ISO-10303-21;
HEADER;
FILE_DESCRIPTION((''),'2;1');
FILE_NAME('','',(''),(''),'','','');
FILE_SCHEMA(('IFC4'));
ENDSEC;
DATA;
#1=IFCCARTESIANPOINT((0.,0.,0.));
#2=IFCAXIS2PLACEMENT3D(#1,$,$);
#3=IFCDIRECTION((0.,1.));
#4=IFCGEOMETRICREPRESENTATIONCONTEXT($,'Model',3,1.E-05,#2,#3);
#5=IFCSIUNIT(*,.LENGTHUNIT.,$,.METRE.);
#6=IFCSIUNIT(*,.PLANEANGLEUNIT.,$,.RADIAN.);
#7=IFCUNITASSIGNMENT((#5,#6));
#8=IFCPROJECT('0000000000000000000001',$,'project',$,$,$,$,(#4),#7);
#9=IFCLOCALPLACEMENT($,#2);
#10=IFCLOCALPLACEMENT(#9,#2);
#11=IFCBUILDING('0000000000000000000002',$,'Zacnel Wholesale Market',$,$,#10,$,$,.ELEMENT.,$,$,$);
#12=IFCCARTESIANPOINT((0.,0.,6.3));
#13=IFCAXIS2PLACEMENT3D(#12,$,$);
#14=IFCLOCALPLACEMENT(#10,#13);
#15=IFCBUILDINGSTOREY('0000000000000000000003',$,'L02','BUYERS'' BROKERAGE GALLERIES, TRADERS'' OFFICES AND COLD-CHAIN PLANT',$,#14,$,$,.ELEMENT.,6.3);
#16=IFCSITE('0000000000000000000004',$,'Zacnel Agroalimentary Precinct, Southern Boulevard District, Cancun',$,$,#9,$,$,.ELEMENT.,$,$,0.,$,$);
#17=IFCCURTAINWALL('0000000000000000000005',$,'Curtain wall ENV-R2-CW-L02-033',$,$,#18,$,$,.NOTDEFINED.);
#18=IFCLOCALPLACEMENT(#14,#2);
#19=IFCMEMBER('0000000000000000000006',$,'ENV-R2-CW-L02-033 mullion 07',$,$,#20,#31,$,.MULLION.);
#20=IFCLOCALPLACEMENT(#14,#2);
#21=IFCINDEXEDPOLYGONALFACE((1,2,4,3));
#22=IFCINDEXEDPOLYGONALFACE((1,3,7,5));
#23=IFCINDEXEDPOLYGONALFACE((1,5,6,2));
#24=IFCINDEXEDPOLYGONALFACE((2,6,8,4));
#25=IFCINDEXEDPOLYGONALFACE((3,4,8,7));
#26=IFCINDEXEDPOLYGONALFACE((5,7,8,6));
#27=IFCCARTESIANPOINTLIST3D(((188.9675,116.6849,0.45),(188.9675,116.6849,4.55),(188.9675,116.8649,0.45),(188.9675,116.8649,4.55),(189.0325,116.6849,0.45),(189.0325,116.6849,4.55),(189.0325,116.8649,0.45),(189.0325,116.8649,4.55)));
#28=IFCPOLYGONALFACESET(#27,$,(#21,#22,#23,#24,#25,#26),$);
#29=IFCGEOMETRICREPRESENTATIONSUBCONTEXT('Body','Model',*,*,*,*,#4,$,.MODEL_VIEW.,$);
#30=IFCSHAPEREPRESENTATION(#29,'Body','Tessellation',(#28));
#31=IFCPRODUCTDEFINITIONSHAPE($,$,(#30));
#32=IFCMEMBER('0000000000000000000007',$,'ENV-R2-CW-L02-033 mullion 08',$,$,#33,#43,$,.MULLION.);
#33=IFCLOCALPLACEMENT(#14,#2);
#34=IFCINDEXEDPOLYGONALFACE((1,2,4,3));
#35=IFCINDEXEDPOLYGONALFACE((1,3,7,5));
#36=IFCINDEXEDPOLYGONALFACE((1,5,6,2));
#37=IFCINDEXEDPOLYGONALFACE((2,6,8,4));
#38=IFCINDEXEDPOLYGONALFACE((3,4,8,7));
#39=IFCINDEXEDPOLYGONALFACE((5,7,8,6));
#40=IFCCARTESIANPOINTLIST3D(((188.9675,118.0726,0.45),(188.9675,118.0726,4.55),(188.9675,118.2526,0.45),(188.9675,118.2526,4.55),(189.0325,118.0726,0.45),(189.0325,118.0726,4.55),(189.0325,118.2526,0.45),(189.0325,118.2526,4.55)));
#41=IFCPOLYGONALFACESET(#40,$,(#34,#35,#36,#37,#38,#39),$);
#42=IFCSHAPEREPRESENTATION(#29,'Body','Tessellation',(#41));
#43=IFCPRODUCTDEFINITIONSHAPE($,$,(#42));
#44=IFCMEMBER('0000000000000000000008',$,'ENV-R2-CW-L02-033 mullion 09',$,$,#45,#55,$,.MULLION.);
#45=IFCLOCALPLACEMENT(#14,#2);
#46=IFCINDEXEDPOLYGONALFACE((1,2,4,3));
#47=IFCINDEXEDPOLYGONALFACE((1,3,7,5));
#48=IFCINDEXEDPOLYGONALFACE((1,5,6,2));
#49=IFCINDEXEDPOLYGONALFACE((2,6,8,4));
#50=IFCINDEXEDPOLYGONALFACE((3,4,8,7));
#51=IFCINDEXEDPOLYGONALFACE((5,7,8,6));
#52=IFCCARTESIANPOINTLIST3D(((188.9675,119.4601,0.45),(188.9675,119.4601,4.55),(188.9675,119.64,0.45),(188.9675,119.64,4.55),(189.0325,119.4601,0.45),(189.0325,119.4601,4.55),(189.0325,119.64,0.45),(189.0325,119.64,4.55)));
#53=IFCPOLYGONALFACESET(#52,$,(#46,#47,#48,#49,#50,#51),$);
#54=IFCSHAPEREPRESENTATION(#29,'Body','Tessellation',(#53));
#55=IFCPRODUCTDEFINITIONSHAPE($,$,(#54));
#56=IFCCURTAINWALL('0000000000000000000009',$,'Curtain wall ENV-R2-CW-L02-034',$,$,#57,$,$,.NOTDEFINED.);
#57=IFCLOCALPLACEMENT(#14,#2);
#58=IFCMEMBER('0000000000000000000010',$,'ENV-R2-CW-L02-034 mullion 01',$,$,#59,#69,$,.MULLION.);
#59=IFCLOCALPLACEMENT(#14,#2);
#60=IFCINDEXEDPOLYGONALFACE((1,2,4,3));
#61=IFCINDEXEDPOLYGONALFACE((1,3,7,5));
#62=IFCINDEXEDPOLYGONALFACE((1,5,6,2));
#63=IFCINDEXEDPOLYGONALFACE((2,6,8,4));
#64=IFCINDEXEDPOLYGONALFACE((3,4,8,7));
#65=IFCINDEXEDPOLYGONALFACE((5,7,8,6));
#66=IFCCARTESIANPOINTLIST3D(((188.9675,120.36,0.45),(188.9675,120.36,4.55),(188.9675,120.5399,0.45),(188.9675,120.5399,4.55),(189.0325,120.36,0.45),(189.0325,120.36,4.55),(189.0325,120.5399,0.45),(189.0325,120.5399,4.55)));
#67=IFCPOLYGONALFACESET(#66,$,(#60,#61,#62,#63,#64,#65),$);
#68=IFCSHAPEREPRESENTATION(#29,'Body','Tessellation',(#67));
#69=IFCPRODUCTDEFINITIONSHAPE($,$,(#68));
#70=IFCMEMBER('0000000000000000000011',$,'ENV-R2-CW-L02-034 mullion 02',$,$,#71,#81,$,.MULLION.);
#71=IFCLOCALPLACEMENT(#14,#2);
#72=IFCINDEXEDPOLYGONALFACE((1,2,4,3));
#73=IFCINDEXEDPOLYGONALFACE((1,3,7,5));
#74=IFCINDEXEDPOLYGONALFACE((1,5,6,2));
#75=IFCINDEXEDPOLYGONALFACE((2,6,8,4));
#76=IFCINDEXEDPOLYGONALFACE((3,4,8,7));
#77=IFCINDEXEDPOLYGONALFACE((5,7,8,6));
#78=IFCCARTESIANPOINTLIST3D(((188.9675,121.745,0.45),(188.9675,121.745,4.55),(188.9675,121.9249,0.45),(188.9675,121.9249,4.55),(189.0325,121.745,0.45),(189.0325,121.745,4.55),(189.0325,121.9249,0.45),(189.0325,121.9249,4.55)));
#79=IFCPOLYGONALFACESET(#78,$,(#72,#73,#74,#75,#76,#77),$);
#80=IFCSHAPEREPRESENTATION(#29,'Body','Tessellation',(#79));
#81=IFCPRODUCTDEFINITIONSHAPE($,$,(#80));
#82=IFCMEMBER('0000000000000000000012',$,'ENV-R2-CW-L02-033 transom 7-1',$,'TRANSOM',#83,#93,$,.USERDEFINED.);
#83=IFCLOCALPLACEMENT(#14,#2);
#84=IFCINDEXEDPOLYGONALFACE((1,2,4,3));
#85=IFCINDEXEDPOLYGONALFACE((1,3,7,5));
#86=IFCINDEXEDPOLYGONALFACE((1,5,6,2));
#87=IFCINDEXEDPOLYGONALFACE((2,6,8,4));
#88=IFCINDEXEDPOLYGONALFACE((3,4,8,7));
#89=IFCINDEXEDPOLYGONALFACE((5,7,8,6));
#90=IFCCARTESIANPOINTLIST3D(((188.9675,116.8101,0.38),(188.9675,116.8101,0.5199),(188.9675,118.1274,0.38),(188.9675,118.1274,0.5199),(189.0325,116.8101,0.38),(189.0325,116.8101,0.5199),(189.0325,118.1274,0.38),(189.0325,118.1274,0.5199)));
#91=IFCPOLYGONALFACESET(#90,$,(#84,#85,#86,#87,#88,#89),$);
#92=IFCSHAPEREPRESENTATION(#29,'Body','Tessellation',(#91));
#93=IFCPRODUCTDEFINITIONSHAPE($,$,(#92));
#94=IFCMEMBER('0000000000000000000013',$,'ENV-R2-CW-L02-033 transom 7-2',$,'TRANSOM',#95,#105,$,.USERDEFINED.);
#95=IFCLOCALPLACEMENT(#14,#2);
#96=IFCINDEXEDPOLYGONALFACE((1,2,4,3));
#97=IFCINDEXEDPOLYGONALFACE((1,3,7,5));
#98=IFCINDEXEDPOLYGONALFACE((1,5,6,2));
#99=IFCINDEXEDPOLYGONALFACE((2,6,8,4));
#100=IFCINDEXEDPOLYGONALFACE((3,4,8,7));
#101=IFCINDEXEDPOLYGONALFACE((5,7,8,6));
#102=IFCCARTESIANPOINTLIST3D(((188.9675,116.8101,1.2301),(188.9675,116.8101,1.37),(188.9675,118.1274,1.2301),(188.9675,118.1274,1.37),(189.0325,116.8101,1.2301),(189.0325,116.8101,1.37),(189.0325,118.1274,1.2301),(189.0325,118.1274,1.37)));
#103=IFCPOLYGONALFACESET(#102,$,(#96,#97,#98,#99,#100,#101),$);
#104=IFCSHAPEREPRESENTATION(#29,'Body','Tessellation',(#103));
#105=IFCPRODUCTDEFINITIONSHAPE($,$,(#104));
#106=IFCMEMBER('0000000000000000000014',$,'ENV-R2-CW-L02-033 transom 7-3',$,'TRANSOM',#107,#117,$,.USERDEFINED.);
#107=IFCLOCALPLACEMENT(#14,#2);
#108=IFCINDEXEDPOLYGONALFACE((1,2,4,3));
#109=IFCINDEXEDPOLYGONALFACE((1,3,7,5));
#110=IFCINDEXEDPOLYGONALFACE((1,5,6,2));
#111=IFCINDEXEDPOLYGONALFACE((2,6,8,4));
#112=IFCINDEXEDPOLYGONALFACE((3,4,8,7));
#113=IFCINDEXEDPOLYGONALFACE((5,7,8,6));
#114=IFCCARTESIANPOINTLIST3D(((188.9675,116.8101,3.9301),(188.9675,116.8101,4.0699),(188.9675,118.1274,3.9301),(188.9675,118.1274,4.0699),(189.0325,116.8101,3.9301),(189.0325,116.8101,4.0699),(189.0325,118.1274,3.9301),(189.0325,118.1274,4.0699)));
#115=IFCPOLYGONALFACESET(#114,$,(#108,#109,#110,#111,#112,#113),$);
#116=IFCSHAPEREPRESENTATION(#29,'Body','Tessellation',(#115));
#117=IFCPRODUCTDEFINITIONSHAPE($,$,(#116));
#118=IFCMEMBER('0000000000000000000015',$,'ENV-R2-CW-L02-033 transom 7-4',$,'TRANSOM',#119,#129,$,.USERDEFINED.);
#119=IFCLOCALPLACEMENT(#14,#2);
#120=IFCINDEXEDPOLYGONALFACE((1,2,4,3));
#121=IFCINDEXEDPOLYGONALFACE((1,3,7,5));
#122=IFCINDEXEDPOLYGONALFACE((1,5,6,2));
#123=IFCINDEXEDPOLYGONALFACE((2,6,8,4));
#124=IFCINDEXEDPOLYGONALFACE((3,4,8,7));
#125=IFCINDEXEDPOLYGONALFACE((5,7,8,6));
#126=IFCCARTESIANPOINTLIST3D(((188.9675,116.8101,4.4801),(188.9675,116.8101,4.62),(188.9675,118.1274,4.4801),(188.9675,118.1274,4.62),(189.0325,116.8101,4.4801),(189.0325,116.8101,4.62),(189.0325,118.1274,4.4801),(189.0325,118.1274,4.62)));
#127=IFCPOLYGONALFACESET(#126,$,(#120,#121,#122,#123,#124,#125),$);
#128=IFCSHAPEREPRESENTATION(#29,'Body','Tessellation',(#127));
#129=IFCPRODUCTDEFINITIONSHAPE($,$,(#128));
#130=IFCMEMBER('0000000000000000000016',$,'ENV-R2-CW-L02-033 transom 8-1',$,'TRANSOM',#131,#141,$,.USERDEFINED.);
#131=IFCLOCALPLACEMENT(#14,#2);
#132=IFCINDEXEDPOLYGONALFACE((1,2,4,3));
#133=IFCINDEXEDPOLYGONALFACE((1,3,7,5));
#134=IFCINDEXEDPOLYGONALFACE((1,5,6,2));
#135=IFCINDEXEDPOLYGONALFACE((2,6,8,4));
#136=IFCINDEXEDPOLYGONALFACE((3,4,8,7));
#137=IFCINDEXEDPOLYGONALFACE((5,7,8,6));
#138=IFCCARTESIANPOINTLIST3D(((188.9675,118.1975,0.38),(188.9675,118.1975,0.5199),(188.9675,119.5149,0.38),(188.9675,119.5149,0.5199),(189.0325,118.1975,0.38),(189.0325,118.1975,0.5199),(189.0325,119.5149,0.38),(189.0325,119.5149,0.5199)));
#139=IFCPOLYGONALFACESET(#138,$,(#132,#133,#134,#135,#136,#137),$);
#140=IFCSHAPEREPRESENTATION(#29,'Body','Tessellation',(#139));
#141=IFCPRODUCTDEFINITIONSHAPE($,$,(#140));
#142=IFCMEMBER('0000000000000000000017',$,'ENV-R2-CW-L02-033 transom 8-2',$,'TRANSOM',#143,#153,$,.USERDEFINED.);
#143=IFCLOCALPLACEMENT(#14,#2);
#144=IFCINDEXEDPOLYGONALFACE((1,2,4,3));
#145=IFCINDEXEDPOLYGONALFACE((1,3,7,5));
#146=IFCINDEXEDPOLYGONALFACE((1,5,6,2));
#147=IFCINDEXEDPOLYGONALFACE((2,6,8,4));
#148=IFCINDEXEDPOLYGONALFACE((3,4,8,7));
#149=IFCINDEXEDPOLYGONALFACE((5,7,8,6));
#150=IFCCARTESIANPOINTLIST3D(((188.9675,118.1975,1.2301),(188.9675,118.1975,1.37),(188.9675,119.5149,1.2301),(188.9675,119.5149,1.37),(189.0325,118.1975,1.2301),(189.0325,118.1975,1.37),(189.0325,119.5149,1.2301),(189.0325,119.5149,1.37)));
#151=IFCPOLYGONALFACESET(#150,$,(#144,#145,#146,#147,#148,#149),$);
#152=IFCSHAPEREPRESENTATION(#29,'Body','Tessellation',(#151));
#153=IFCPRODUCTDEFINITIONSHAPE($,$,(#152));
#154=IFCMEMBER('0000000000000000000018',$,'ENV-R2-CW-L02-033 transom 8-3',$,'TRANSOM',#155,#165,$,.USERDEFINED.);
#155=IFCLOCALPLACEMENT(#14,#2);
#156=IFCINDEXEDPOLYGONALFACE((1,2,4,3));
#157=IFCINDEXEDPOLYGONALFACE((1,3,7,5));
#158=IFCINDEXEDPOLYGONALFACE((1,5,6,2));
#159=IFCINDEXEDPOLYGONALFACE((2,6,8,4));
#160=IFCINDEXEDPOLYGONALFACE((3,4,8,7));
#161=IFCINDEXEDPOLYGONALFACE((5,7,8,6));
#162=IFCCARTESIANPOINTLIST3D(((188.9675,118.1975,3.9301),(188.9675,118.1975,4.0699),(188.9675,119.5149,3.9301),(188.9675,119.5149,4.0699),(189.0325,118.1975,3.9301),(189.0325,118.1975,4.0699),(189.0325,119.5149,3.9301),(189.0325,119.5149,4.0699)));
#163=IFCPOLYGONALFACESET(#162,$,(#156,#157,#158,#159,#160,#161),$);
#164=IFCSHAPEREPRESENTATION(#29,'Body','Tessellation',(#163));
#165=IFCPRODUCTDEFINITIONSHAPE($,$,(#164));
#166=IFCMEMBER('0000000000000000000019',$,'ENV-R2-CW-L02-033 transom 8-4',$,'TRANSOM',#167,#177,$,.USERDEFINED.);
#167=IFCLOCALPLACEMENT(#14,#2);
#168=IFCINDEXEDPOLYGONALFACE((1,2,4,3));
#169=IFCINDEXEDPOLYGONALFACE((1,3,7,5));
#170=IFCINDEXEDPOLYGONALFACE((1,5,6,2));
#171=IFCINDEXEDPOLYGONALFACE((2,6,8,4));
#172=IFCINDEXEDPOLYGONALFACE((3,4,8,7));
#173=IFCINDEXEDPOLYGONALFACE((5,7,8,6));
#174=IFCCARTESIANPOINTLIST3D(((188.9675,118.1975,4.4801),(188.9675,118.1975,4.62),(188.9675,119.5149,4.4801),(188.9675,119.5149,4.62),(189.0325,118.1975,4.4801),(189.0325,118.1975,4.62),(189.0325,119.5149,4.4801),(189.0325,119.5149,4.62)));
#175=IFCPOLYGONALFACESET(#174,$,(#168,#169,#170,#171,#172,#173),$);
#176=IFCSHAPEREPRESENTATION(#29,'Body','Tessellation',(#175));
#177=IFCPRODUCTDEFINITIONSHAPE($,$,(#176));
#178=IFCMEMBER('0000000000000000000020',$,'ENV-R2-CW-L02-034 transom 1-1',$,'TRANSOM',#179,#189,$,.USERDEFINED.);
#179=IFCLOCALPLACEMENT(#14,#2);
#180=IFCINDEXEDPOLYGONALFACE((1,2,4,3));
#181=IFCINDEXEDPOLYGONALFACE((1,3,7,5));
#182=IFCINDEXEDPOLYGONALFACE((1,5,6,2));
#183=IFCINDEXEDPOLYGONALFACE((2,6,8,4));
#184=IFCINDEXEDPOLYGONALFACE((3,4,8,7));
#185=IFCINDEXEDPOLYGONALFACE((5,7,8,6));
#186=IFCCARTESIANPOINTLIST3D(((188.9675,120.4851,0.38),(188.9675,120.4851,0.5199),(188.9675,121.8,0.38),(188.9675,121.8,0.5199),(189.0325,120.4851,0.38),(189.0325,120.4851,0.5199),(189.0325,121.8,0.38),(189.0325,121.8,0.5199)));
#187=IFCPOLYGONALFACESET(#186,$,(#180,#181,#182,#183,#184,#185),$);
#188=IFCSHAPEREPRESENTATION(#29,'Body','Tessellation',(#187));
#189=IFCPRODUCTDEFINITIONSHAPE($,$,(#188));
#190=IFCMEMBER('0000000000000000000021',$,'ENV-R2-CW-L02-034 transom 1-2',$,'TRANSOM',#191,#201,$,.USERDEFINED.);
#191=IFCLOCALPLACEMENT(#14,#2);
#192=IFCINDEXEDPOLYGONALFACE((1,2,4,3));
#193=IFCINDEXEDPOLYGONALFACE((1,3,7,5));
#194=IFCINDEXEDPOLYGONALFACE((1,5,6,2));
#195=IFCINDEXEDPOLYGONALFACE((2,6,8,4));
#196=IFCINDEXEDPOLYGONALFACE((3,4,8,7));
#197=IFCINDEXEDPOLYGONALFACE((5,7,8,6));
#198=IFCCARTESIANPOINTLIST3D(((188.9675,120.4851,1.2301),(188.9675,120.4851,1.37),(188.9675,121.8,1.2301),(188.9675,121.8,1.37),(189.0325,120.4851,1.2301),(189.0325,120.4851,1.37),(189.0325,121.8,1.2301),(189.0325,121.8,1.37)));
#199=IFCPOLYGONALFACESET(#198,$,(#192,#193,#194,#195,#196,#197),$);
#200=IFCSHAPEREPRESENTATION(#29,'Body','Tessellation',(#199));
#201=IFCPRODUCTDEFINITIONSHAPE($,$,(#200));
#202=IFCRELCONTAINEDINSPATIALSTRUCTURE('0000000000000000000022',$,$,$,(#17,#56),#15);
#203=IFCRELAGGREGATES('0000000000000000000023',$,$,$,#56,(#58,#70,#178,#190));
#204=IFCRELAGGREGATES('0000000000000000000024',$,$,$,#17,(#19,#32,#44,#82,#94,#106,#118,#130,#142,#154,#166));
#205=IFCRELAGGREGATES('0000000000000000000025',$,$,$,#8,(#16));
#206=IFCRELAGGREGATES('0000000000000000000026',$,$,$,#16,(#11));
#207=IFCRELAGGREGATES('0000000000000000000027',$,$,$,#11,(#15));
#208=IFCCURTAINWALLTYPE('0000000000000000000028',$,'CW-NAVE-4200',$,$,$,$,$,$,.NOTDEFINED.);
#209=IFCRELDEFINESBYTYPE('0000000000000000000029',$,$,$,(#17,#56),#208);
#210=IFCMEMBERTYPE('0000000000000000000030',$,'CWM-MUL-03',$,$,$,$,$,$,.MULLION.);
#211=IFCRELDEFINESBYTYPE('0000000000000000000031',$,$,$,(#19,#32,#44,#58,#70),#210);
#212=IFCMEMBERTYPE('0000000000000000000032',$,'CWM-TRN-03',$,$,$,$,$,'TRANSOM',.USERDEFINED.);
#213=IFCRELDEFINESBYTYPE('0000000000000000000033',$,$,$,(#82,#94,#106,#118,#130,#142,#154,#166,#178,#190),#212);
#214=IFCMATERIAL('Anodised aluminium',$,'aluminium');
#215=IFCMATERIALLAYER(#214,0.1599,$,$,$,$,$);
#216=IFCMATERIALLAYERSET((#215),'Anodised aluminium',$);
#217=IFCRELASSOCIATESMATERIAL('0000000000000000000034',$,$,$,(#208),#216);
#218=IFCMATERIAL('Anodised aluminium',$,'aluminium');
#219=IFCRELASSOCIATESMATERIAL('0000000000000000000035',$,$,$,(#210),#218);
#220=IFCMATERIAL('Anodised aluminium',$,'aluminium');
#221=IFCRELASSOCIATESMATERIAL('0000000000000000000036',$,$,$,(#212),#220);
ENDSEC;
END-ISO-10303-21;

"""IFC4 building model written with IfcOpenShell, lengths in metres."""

from ifc_helpers import new_model, si_unit, direction, frame, origin, origin_2d, place, context, subcontext, project, spatial, rectangle, extrude, material, layer, layer_set, material_profile, profile_set, type_object, element, aggregate, save


model = new_model("IFC4")

# Units and contexts
model_context = context("Model", 3, precision=1e-05, world=origin(), true_north=direction((0.0, 1.0)))
body_context = subcontext(model_context, "Body", "Model", "MODEL_VIEW")
ifc_project = project(units=[si_unit("LENGTHUNIT", "METRE"), si_unit("PLANEANGLEUNIT", "RADIAN")], contexts=[model_context])

# Site, building, storey
site_placement = place(None, origin())
site = spatial("IfcSite", under=ifc_project, at=site_placement, Name="Zacnel Agroalimentary Precinct, Southern Boulevard District, Cancun", CompositionType="ELEMENT", RefElevation=0.0)
building_placement = place(site_placement, origin())
building = spatial("IfcBuilding", under=site, at=building_placement, Name="Zacnel Wholesale Market", CompositionType="ELEMENT")
storey_placement = place(building_placement, frame((0.0, 0.0, 6.3)))
storey = spatial("IfcBuildingStorey", under=building, at=storey_placement, Name="L02", Description="BUYERS' BROKERAGE GALLERIES, TRADERS' OFFICES AND COLD-CHAIN PLANT", CompositionType="ELEMENT", Elevation=6.3)

# Curtain walls, members
ifc_material_1 = material(Name="Anodised aluminium", Category="aluminium")
ifc_layer_1 = layer(ifc_material_1, 0.1599)
ifc_layer_set_1 = layer_set([ifc_layer_1], Name="Anodised aluminium")
curtain_wall_type = type_object("IfcCurtainWallType", Name="CW-NAVE-4200", PredefinedType="NOTDEFINED", material=ifc_layer_set_1)
curtain_wall_1_placement = place(storey_placement, origin())
curtain_wall_1 = element("IfcCurtainWall", 1, at=curtain_wall_1_placement, inside=storey, type_object=curtain_wall_type, Name="Curtain wall ENV-R2-CW-L02-033", PredefinedType="NOTDEFINED")
ifc_material_2 = material(Name="Anodised aluminium", Category="aluminium")
ifc_material_profile_1 = material_profile(ifc_material_2, rectangle(XDim=0.0649, YDim=0.1799, at=origin_2d()), Name="AW-MULLION 65x180")
ifc_profile_set_1 = profile_set([ifc_material_profile_1], Name="Anodised aluminium")
member_type_1 = type_object("IfcMemberType", Name="CWM-MUL-03", PredefinedType="MULLION", material=ifc_profile_set_1)
member_1_placement = place(storey_placement, frame((189.0, 116.7749, 0.45), z_axis=(0.0, 0.0, 1.0), x_axis=(1.0, 0.0, 0.0)))
member_1 = element("IfcMember", 2, at=member_1_placement, type_object=member_type_1, Name="ENV-R2-CW-L02-033 mullion 07", PredefinedType="MULLION", context=body_context, shape_type="SweptSolid", body=[
    extrude(rectangle(XDim=0.0649, YDim=0.1799, at=origin_2d()), origin(), (0.0, 0.0, 1.0), 4.1001),
])
member_2_placement = place(storey_placement, frame((189.0, 118.1626, 0.45), z_axis=(0.0, 0.0, 1.0), x_axis=(1.0, 0.0, 0.0)))
member_2 = element("IfcMember", 3, at=member_2_placement, type_object=member_type_1, Name="ENV-R2-CW-L02-033 mullion 08", PredefinedType="MULLION", context=body_context, shape_type="SweptSolid", body=[
    extrude(rectangle(XDim=0.0649, YDim=0.1799, at=origin_2d()), origin(), (0.0, 0.0, 1.0), 4.1001),
])
member_3_placement = place(storey_placement, frame((189.0, 119.55, 0.45), z_axis=(0.0, 0.0, 1.0), x_axis=(1.0, 0.0, 0.0)))
member_3 = element("IfcMember", 4, at=member_3_placement, type_object=member_type_1, Name="ENV-R2-CW-L02-033 mullion 09", PredefinedType="MULLION", context=body_context, shape_type="SweptSolid", body=[
    extrude(rectangle(XDim=0.0649, YDim=0.1799, at=origin_2d()), origin(), (0.0, 0.0, 1.0), 4.1001),
])
curtain_wall_2_placement = place(storey_placement, origin())
curtain_wall_2 = element("IfcCurtainWall", 5, at=curtain_wall_2_placement, inside=storey, type_object=curtain_wall_type, Name="Curtain wall ENV-R2-CW-L02-034", PredefinedType="NOTDEFINED")
member_4_placement = place(storey_placement, frame((189.0, 120.45, 0.45), z_axis=(0.0, 0.0, 1.0), x_axis=(1.0, 0.0, 0.0)))
member_4 = element("IfcMember", 6, at=member_4_placement, type_object=member_type_1, Name="ENV-R2-CW-L02-034 mullion 01", PredefinedType="MULLION", context=body_context, shape_type="SweptSolid", body=[
    extrude(rectangle(XDim=0.0649, YDim=0.1799, at=origin_2d()), origin(), (0.0, 0.0, 1.0), 4.1001),
])
member_5_placement = place(storey_placement, frame((189.0, 121.835, 0.45), z_axis=(0.0, 0.0, 1.0), x_axis=(1.0, 0.0, 0.0)))
member_5 = element("IfcMember", 7, at=member_5_placement, type_object=member_type_1, Name="ENV-R2-CW-L02-034 mullion 02", PredefinedType="MULLION", context=body_context, shape_type="SweptSolid", body=[
    extrude(rectangle(XDim=0.0649, YDim=0.1799, at=origin_2d()), origin(), (0.0, 0.0, 1.0), 4.1001),
])

# Members
ifc_material_3 = material(Name="Anodised aluminium", Category="aluminium")
ifc_material_profile_2 = material_profile(ifc_material_3, rectangle(XDim=0.0649, YDim=0.1399, at=origin_2d()), Name="AW-TRANSOM 65x140")
ifc_profile_set_2 = profile_set([ifc_material_profile_2], Name="Anodised aluminium")
member_type_2 = type_object("IfcMemberType", Name="CWM-TRN-03", ElementType="TRANSOM", PredefinedType="USERDEFINED", material=ifc_profile_set_2)
member_6_placement = place(storey_placement, frame((189.0, 116.8101, 0.45), z_axis=(0.0, 1.0, 0.0), x_axis=(-1.0, 0.0, 0.0)))
member_6 = element("IfcMember", 8, at=member_6_placement, type_object=member_type_2, Name="ENV-R2-CW-L02-033 transom 7-1", ObjectType="TRANSOM", PredefinedType="USERDEFINED", context=body_context, shape_type="SweptSolid", body=[
    extrude(rectangle(XDim=0.0649, YDim=0.1399, at=origin_2d()), origin(), (0.0, 0.0, 1.0), 1.3174),
])
member_7_placement = place(storey_placement, frame((189.0, 116.8101, 1.3), z_axis=(0.0, 1.0, 0.0), x_axis=(-1.0, 0.0, 0.0)))
member_7 = element("IfcMember", 9, at=member_7_placement, type_object=member_type_2, Name="ENV-R2-CW-L02-033 transom 7-2", ObjectType="TRANSOM", PredefinedType="USERDEFINED", context=body_context, shape_type="SweptSolid", body=[
    extrude(rectangle(XDim=0.0649, YDim=0.1399, at=origin_2d()), origin(), (0.0, 0.0, 1.0), 1.3174),
])
member_8_placement = place(storey_placement, frame((189.0, 116.8101, 4.0), z_axis=(0.0, 1.0, 0.0), x_axis=(-1.0, 0.0, 0.0)))
member_8 = element("IfcMember", 10, at=member_8_placement, type_object=member_type_2, Name="ENV-R2-CW-L02-033 transom 7-3", ObjectType="TRANSOM", PredefinedType="USERDEFINED", context=body_context, shape_type="SweptSolid", body=[
    extrude(rectangle(XDim=0.0649, YDim=0.1399, at=origin_2d()), origin(), (0.0, 0.0, 1.0), 1.3174),
])
member_9_placement = place(storey_placement, frame((189.0, 116.8101, 4.55), z_axis=(0.0, 1.0, 0.0), x_axis=(-1.0, 0.0, 0.0)))
member_9 = element("IfcMember", 11, at=member_9_placement, type_object=member_type_2, Name="ENV-R2-CW-L02-033 transom 7-4", ObjectType="TRANSOM", PredefinedType="USERDEFINED", context=body_context, shape_type="SweptSolid", body=[
    extrude(rectangle(XDim=0.0649, YDim=0.1399, at=origin_2d()), origin(), (0.0, 0.0, 1.0), 1.3174),
])
member_10_placement = place(storey_placement, frame((189.0, 118.1975, 0.45), z_axis=(0.0, 1.0, 0.0), x_axis=(-1.0, 0.0, 0.0)))
member_10 = element("IfcMember", 12, at=member_10_placement, type_object=member_type_2, Name="ENV-R2-CW-L02-033 transom 8-1", ObjectType="TRANSOM", PredefinedType="USERDEFINED", context=body_context, shape_type="SweptSolid", body=[
    extrude(rectangle(XDim=0.0649, YDim=0.1399, at=origin_2d()), origin(), (0.0, 0.0, 1.0), 1.3174),
])
member_11_placement = place(storey_placement, frame((189.0, 118.1975, 1.3), z_axis=(0.0, 1.0, 0.0), x_axis=(-1.0, 0.0, 0.0)))
member_11 = element("IfcMember", 13, at=member_11_placement, type_object=member_type_2, Name="ENV-R2-CW-L02-033 transom 8-2", ObjectType="TRANSOM", PredefinedType="USERDEFINED", context=body_context, shape_type="SweptSolid", body=[
    extrude(rectangle(XDim=0.0649, YDim=0.1399, at=origin_2d()), origin(), (0.0, 0.0, 1.0), 1.3174),
])
member_12_placement = place(storey_placement, frame((189.0, 118.1975, 4.0), z_axis=(0.0, 1.0, 0.0), x_axis=(-1.0, 0.0, 0.0)))
member_12 = element("IfcMember", 14, at=member_12_placement, type_object=member_type_2, Name="ENV-R2-CW-L02-033 transom 8-3", ObjectType="TRANSOM", PredefinedType="USERDEFINED", context=body_context, shape_type="SweptSolid", body=[
    extrude(rectangle(XDim=0.0649, YDim=0.1399, at=origin_2d()), origin(), (0.0, 0.0, 1.0), 1.3174),
])
member_13_placement = place(storey_placement, frame((189.0, 118.1975, 4.55), z_axis=(0.0, 1.0, 0.0), x_axis=(-1.0, 0.0, 0.0)))
member_13 = element("IfcMember", 15, at=member_13_placement, type_object=member_type_2, Name="ENV-R2-CW-L02-033 transom 8-4", ObjectType="TRANSOM", PredefinedType="USERDEFINED", context=body_context, shape_type="SweptSolid", body=[
    extrude(rectangle(XDim=0.0649, YDim=0.1399, at=origin_2d()), origin(), (0.0, 0.0, 1.0), 1.3174),
])
member_14_placement = place(storey_placement, frame((189.0, 120.4851, 0.45), z_axis=(0.0, 1.0, 0.0), x_axis=(-1.0, 0.0, 0.0)))
member_14 = element("IfcMember", 16, at=member_14_placement, type_object=member_type_2, Name="ENV-R2-CW-L02-034 transom 1-1", ObjectType="TRANSOM", PredefinedType="USERDEFINED", context=body_context, shape_type="SweptSolid", body=[
    extrude(rectangle(XDim=0.0649, YDim=0.1399, at=origin_2d()), origin(), (0.0, 0.0, 1.0), 1.3149),
])
member_15_placement = place(storey_placement, frame((189.0, 120.4851, 1.3), z_axis=(0.0, 1.0, 0.0), x_axis=(-1.0, 0.0, 0.0)))
member_15 = element("IfcMember", 17, at=member_15_placement, type_object=member_type_2, Name="ENV-R2-CW-L02-034 transom 1-2", ObjectType="TRANSOM", PredefinedType="USERDEFINED", context=body_context, shape_type="SweptSolid", body=[
    extrude(rectangle(XDim=0.0649, YDim=0.1399, at=origin_2d()), origin(), (0.0, 0.0, 1.0), 1.3149),
])

aggregate(curtain_wall_2, [member_4, member_5, member_14, member_15])
aggregate(curtain_wall_1, [member_1, member_2, member_3, member_6, member_7, member_8, member_9, member_10, member_11, member_12, member_13])

save(model, "model.ifc")
